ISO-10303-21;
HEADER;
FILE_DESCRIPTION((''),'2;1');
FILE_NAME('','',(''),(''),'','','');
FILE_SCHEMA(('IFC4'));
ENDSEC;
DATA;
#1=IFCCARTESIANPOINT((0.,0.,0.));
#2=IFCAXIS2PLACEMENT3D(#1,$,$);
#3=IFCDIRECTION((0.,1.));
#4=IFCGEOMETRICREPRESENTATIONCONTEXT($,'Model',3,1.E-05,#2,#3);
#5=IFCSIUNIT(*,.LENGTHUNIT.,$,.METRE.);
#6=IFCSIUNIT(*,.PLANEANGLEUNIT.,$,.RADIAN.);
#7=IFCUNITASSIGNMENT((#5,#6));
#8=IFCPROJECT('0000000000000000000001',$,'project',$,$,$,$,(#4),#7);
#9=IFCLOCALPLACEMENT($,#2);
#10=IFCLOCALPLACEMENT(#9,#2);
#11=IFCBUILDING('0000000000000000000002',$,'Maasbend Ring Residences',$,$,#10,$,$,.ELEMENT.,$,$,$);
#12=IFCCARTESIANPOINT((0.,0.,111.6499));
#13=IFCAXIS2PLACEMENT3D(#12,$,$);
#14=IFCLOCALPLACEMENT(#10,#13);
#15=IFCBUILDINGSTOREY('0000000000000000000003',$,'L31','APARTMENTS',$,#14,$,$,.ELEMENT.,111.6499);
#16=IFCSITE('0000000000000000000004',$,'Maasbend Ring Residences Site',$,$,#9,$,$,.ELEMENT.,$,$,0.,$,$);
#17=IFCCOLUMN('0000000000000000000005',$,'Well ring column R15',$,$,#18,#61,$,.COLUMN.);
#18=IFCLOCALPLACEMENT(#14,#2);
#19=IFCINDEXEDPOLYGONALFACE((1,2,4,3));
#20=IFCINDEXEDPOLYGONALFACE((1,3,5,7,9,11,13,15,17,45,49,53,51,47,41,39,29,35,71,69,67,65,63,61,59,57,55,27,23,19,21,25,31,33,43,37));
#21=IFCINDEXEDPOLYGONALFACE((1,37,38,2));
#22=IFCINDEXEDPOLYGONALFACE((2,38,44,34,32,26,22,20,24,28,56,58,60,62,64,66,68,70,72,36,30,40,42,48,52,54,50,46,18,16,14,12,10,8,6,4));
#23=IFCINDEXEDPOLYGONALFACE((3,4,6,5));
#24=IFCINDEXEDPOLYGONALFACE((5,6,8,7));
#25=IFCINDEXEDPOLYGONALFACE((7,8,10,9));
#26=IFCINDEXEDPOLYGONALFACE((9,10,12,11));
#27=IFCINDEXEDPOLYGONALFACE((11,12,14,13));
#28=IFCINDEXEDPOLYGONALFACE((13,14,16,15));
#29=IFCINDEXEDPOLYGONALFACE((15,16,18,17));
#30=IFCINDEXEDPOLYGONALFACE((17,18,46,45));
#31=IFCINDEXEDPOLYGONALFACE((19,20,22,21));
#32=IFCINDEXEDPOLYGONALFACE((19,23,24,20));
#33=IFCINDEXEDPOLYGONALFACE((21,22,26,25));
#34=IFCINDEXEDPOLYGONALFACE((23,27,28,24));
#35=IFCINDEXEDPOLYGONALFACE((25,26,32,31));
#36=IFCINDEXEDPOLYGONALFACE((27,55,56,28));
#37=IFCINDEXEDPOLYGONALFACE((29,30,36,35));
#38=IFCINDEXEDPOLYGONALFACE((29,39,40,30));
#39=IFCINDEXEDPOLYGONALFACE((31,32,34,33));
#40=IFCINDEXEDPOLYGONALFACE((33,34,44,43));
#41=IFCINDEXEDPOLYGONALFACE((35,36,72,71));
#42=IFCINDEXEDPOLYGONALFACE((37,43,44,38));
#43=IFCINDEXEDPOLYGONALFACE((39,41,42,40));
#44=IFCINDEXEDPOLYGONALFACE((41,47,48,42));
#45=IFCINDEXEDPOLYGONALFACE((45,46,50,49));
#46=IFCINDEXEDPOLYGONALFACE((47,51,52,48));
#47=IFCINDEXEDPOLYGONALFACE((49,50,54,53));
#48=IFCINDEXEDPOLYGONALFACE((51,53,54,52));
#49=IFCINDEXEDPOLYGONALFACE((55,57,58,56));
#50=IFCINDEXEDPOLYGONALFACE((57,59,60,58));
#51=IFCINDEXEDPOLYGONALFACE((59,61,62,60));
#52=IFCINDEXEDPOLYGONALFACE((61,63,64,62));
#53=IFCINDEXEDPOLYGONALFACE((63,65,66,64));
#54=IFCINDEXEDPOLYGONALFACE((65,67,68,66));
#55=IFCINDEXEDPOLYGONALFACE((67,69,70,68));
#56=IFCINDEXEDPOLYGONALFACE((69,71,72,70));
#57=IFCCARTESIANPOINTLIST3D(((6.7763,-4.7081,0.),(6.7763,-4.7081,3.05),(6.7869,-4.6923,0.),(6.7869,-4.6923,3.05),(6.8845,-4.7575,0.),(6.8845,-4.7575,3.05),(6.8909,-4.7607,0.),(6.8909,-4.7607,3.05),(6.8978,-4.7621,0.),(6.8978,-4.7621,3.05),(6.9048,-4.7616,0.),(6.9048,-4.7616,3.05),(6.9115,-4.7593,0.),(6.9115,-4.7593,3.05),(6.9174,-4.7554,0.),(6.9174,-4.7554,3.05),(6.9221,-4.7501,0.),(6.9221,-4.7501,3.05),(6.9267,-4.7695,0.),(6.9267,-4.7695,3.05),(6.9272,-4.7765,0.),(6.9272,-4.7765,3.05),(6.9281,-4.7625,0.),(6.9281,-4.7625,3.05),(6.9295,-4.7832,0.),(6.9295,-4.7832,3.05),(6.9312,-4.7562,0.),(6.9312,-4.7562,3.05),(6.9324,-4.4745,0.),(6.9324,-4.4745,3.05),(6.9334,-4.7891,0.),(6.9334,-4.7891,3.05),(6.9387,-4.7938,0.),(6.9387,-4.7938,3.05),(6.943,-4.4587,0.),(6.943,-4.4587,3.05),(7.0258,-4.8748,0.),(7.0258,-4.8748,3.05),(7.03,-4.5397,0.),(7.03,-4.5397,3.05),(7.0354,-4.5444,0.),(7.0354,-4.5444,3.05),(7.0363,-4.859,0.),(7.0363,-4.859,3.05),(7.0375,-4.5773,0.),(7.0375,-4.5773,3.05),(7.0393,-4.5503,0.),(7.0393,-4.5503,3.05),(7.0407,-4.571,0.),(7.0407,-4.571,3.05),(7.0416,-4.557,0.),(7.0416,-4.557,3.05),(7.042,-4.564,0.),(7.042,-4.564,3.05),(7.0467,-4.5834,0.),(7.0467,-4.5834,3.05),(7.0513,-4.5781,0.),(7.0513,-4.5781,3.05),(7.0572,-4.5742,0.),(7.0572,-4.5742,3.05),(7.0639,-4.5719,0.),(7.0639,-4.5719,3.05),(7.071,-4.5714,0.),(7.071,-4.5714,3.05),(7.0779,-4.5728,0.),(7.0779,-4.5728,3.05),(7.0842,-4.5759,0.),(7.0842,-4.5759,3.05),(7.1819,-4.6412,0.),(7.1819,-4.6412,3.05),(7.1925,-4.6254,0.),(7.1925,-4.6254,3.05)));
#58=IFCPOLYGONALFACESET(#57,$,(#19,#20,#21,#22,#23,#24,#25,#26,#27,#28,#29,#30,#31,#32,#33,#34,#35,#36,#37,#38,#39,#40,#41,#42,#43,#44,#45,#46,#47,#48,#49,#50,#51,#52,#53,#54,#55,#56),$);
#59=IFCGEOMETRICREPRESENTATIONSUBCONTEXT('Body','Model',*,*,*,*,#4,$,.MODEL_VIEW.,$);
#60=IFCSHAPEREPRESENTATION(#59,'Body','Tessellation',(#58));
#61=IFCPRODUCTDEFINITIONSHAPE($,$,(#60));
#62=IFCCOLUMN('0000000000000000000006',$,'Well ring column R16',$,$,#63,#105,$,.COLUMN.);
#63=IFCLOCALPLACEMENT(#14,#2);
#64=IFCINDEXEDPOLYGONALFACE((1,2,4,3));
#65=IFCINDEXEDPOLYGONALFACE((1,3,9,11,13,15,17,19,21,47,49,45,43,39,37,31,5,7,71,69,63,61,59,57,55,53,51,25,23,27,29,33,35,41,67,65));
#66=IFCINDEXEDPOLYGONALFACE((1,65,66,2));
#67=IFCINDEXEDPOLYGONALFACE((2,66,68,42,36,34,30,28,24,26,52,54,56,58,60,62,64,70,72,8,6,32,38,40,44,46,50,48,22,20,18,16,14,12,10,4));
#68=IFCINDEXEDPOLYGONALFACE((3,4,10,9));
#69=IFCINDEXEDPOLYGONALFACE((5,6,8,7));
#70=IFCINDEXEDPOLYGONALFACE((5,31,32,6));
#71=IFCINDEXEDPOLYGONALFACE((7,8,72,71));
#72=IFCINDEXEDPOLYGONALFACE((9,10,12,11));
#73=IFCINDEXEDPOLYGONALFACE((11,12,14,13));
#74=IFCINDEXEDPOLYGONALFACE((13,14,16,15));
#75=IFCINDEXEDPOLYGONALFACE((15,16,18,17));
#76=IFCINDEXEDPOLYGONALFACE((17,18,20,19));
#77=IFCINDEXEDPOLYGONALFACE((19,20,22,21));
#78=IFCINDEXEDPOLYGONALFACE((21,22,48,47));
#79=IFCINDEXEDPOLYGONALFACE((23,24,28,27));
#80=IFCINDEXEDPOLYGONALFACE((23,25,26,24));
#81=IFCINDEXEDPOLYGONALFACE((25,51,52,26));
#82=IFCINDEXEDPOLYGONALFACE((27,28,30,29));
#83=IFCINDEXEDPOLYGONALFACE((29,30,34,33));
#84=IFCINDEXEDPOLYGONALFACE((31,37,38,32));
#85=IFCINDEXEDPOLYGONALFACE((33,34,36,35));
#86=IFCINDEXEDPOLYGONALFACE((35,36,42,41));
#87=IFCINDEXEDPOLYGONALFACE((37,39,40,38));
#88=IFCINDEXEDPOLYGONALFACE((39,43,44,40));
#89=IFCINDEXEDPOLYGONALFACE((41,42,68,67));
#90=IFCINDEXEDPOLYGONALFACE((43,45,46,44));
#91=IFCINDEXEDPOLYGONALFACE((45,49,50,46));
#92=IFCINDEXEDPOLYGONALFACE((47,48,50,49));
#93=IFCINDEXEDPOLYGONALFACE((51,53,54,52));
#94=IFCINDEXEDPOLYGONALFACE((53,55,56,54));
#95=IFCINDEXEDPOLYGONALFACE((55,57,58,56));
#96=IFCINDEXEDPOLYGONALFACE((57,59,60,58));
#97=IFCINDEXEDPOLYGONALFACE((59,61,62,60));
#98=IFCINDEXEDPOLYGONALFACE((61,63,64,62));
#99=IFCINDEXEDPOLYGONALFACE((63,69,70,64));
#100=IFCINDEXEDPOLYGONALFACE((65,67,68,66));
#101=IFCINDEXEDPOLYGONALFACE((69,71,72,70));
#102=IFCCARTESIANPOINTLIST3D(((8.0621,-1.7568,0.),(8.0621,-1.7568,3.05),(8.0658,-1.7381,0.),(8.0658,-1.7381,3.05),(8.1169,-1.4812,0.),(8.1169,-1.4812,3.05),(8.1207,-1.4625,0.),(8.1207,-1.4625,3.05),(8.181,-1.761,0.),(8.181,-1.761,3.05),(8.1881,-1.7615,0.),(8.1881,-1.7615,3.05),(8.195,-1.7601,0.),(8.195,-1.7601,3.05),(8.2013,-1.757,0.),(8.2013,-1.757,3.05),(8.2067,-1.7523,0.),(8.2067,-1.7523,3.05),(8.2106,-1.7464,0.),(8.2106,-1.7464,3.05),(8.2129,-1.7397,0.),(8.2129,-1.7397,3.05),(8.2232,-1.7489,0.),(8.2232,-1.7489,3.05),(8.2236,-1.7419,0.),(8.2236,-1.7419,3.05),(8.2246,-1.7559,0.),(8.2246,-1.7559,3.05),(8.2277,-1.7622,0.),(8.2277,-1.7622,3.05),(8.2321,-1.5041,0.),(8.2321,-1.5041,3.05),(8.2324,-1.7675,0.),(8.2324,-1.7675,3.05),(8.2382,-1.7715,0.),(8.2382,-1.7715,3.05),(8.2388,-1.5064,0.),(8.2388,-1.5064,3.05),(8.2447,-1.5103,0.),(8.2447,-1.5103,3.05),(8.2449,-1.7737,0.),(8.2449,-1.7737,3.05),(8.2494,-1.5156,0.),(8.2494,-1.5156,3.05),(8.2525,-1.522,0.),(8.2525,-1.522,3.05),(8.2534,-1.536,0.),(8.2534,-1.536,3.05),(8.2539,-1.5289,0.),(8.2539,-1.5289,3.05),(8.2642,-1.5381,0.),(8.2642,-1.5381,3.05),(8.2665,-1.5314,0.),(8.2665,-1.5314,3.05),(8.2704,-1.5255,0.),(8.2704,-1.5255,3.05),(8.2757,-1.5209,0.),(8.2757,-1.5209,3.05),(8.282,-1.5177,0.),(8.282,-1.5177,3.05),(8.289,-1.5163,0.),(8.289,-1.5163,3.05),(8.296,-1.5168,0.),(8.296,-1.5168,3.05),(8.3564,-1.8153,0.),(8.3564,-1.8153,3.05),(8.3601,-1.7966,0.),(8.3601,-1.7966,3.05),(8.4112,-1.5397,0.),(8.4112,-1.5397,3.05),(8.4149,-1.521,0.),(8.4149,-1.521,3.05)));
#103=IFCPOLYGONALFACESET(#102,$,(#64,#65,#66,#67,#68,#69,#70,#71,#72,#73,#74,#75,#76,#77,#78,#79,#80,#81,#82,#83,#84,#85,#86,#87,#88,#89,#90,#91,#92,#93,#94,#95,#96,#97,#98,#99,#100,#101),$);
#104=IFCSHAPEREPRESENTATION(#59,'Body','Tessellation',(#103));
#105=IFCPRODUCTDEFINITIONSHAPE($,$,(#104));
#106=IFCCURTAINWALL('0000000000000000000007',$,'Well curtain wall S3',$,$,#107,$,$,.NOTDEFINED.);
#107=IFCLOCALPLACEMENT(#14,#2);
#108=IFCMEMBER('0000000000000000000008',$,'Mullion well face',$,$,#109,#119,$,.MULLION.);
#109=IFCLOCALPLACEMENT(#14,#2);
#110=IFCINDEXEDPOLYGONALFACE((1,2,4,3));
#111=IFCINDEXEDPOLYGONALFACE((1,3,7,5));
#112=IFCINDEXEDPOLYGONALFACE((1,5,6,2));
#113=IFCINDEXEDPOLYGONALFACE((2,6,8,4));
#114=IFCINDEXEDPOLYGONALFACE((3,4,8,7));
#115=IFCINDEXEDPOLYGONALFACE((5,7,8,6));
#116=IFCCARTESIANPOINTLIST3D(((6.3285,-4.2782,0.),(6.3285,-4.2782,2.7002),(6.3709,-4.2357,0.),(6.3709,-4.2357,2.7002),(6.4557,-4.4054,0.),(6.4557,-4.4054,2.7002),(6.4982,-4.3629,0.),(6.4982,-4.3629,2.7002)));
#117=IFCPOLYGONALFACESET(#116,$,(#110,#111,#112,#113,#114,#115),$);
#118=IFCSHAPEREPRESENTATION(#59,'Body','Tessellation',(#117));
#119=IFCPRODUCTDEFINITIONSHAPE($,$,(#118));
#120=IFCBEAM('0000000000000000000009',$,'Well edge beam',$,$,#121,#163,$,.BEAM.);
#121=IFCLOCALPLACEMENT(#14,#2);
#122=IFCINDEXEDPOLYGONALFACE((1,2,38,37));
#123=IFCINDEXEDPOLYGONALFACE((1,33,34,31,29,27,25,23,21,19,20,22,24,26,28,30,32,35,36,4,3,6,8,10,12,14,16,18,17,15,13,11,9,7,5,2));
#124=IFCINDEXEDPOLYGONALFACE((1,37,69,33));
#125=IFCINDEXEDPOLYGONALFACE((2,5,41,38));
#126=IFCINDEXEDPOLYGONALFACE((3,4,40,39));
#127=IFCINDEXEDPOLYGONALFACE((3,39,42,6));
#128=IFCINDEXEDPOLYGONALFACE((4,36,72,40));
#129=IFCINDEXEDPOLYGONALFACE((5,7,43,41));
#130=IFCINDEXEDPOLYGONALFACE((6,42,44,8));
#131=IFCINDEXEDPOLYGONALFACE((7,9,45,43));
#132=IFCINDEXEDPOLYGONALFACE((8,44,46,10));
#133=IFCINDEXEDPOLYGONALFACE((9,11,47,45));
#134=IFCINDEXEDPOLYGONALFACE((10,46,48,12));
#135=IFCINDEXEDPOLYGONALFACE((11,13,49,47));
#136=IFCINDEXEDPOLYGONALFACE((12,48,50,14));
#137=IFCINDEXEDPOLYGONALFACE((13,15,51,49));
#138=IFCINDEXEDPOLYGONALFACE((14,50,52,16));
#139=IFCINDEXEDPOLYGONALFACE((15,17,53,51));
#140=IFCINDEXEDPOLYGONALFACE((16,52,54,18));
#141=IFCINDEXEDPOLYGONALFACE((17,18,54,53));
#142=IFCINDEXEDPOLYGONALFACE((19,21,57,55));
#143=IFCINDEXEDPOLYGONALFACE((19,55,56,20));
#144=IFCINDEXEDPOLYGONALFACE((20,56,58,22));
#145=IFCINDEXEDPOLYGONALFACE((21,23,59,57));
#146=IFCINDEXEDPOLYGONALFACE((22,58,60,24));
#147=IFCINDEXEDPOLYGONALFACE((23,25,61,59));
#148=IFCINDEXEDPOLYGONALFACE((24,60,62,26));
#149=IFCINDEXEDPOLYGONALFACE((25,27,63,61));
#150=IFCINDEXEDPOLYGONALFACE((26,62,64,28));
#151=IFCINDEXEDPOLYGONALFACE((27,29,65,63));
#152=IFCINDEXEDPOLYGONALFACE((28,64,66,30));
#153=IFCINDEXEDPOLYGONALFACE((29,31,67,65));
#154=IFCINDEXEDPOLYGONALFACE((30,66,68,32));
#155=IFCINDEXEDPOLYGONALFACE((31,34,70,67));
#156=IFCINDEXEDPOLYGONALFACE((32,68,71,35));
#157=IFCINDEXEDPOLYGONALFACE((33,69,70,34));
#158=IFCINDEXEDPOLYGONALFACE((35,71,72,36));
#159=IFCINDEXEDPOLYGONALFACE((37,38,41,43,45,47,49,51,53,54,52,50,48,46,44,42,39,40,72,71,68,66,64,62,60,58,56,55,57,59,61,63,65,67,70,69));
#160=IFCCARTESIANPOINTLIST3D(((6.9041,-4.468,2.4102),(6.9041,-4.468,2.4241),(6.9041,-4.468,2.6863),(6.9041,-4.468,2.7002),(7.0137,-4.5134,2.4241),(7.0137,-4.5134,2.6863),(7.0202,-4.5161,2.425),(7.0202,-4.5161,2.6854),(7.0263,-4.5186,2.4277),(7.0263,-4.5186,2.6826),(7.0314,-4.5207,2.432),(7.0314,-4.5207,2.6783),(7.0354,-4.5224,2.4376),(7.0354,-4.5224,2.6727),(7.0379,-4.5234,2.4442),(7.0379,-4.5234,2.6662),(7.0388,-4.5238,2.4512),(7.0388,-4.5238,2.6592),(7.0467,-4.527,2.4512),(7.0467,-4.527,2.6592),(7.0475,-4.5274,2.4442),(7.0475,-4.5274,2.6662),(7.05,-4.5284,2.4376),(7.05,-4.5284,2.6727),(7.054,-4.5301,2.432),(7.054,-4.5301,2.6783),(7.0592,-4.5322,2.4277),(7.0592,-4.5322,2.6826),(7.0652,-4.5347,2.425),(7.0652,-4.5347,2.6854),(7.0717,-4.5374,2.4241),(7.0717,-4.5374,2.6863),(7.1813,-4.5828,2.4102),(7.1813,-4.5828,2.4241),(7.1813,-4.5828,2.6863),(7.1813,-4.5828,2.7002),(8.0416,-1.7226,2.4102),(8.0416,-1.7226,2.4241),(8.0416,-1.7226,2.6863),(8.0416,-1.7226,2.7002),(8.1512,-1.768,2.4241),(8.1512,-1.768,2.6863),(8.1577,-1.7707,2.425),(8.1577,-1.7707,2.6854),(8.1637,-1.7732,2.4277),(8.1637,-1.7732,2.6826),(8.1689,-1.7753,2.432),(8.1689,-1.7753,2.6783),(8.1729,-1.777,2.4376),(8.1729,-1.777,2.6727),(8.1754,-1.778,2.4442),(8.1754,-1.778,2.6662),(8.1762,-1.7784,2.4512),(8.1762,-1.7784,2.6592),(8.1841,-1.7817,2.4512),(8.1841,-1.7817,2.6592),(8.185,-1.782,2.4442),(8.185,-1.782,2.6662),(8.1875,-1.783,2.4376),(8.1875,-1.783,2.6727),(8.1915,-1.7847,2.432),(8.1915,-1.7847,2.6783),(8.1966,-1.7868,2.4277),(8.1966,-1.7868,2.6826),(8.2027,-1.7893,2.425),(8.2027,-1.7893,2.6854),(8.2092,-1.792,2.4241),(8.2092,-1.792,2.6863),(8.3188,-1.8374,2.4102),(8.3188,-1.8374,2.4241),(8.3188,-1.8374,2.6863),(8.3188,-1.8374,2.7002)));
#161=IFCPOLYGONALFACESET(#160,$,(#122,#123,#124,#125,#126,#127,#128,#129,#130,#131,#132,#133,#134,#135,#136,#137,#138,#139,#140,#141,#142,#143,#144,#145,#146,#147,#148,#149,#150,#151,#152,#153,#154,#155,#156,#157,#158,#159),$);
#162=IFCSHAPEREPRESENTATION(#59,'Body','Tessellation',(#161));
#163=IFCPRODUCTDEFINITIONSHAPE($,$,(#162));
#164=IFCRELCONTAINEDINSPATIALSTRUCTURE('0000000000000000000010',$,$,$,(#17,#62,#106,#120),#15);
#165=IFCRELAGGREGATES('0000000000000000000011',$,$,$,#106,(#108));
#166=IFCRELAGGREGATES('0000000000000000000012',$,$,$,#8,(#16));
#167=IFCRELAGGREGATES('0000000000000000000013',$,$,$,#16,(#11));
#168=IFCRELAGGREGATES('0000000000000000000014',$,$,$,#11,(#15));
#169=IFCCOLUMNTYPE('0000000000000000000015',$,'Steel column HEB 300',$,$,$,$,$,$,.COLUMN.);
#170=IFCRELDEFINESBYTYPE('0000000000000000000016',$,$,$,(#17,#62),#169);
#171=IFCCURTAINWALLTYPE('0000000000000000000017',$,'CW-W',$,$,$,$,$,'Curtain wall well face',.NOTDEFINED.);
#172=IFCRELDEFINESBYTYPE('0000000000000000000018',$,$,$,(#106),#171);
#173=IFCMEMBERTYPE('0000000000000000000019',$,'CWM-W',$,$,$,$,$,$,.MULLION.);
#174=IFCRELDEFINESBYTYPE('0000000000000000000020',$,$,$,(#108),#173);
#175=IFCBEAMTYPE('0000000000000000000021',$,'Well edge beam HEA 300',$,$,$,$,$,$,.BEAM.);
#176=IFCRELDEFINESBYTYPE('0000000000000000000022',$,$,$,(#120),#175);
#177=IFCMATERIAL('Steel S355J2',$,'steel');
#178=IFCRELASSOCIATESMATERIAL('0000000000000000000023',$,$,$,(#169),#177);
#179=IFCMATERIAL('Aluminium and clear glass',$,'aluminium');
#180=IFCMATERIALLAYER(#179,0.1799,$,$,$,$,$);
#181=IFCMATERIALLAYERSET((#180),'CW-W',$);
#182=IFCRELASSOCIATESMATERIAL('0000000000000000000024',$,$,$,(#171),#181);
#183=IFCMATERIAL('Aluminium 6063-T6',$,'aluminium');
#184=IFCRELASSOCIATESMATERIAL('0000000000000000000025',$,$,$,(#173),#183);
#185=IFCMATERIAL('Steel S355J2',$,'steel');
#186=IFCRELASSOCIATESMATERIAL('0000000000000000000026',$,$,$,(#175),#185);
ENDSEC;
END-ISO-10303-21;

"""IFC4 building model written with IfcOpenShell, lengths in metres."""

from ifc_helpers import new_model, si_unit, direction, frame, origin, origin_2d, place, context, subcontext, project, spatial, rectangle, i_section, extrude, material, layer, layer_set, material_profile, profile_set, type_object, element, aggregate, save


model = new_model("IFC4")

# Units and contexts
model_context = context("Model", 3, precision=1e-05, world=origin(), true_north=direction((0.0, 1.0)))
body_context = subcontext(model_context, "Body", "Model", "MODEL_VIEW")
ifc_project = project(units=[si_unit("LENGTHUNIT", "METRE"), si_unit("PLANEANGLEUNIT", "RADIAN")], contexts=[model_context])

# Site, building, storey
site_placement = place(None, origin())
site = spatial("IfcSite", under=ifc_project, at=site_placement, Name="Maasbend Ring Residences Site", CompositionType="ELEMENT", RefElevation=0.0)
building_placement = place(site_placement, origin())
building = spatial("IfcBuilding", under=site, at=building_placement, Name="Maasbend Ring Residences", CompositionType="ELEMENT")
storey_placement = place(building_placement, frame((0.0, 0.0, 111.6499)))
storey = spatial("IfcBuildingStorey", under=building, at=storey_placement, Name="L31", Description="APARTMENTS", CompositionType="ELEMENT", Elevation=111.6499)

# Columns
ifc_material_1 = material(Name="Steel S355J2", Category="steel")
ifc_material_profile_1 = material_profile(ifc_material_1, i_section(OverallWidth=0.3, OverallDepth=0.3, WebThickness=0.011, FlangeThickness=0.019, FilletRadius=0.0271, at=origin_2d()), Name="HEB 300")
ifc_profile_set_1 = profile_set([ifc_material_profile_1], Name="Steel S355J2")
column_type = type_object("IfcColumnType", Name="Steel column HEB 300", PredefinedType="COLUMN", material=ifc_profile_set_1)
for number, where, z_axis, x_axis, name in (
    (1, (6.9844, -4.6667, 0.0), (0.0, 0.0, 1.0), (0.83147, -0.55557, 0.0), "Well ring column R15"),
    (2, (8.2385, -1.6389, 0.0), (0.0, 0.0, 1.0), (0.980785, -0.19509, 0.0), "Well ring column R16"),
):
    element("IfcColumn", number, at=place(storey_placement, frame(where, z_axis=z_axis, x_axis=x_axis)), inside=storey, type_object=column_type, Name=name, PredefinedType="COLUMN", context=body_context, shape_type="SweptSolid", body=[
        extrude(i_section(OverallWidth=0.3, OverallDepth=0.3, WebThickness=0.011, FlangeThickness=0.019, FilletRadius=0.0271, at=origin_2d()), origin(), (0.0, 0.0, 1.0), 3.05),
    ])

# Curtain wall, member
ifc_material_2 = material(Name="Aluminium and clear glass", Category="aluminium")
ifc_layer_1 = layer(ifc_material_2, 0.1799)
ifc_layer_set_1 = layer_set([ifc_layer_1], Name="CW-W")
curtain_wall_type = type_object("IfcCurtainWallType", Name="CW-W", ElementType="Curtain wall well face", PredefinedType="NOTDEFINED", material=ifc_layer_set_1)
curtain_wall_placement = place(storey_placement, origin())
curtain_wall = element("IfcCurtainWall", 3, at=curtain_wall_placement, inside=storey, type_object=curtain_wall_type, Name="Well curtain wall S3", PredefinedType="NOTDEFINED")
ifc_material_3 = material(Name="Aluminium 6063-T6", Category="aluminium")
ifc_material_profile_2 = material_profile(ifc_material_3, rectangle(XDim=0.1799, YDim=0.0601, at=origin_2d()), Name="AL 180x60")
ifc_profile_set_2 = profile_set([ifc_material_profile_2], Name="Aluminium 6063-T6")
member_type = type_object("IfcMemberType", Name="CWM-W", PredefinedType="MULLION", material=ifc_profile_set_2)
member_placement = place(storey_placement, frame((6.4133, -4.3206, 0.0), z_axis=(0.0, 0.0, 1.0), x_axis=(-0.707107, 0.707107, 0.0)))
member = element("IfcMember", 4, at=member_placement, type_object=member_type, Name="Mullion well face", PredefinedType="MULLION", context=body_context, shape_type="SweptSolid", body=[
    extrude(rectangle(XDim=0.1799, YDim=0.0601, at=origin_2d()), origin(), (0.0, 0.0, 1.0), 2.7002),
])
aggregate(curtain_wall, [member])

# Beam
ifc_material_4 = material(Name="Steel S355J2", Category="steel")
ifc_material_profile_3 = material_profile(ifc_material_4, i_section(OverallWidth=0.3, OverallDepth=0.29, WebThickness=0.0085, FlangeThickness=0.0139, FilletRadius=0.0271, at=origin_2d()), Name="HEA 300")
ifc_profile_set_3 = profile_set([ifc_material_profile_3], Name="Steel S355J2")
beam_type = type_object("IfcBeamType", Name="Well edge beam HEA 300", PredefinedType="BEAM", material=ifc_profile_set_3)
for number, where, z_axis, x_axis, name in (
    (5, (7.0427, -4.5254, 2.5552), (0.382765, 0.923846, 0.0), (-0.923846, 0.382765, 0.0), "Well edge beam"),
):
    element("IfcBeam", number, at=place(storey_placement, frame(where, z_axis=z_axis, x_axis=x_axis)), inside=storey, type_object=beam_type, Name=name, PredefinedType="BEAM", context=body_context, shape_type="SweptSolid", body=[
        extrude(i_section(OverallWidth=0.3, OverallDepth=0.29, WebThickness=0.0085, FlangeThickness=0.0139, FilletRadius=0.0271, at=origin_2d()), origin(), (0.0, 0.0, 1.0), 2.9717),
    ])

save(model, "model.ifc")
